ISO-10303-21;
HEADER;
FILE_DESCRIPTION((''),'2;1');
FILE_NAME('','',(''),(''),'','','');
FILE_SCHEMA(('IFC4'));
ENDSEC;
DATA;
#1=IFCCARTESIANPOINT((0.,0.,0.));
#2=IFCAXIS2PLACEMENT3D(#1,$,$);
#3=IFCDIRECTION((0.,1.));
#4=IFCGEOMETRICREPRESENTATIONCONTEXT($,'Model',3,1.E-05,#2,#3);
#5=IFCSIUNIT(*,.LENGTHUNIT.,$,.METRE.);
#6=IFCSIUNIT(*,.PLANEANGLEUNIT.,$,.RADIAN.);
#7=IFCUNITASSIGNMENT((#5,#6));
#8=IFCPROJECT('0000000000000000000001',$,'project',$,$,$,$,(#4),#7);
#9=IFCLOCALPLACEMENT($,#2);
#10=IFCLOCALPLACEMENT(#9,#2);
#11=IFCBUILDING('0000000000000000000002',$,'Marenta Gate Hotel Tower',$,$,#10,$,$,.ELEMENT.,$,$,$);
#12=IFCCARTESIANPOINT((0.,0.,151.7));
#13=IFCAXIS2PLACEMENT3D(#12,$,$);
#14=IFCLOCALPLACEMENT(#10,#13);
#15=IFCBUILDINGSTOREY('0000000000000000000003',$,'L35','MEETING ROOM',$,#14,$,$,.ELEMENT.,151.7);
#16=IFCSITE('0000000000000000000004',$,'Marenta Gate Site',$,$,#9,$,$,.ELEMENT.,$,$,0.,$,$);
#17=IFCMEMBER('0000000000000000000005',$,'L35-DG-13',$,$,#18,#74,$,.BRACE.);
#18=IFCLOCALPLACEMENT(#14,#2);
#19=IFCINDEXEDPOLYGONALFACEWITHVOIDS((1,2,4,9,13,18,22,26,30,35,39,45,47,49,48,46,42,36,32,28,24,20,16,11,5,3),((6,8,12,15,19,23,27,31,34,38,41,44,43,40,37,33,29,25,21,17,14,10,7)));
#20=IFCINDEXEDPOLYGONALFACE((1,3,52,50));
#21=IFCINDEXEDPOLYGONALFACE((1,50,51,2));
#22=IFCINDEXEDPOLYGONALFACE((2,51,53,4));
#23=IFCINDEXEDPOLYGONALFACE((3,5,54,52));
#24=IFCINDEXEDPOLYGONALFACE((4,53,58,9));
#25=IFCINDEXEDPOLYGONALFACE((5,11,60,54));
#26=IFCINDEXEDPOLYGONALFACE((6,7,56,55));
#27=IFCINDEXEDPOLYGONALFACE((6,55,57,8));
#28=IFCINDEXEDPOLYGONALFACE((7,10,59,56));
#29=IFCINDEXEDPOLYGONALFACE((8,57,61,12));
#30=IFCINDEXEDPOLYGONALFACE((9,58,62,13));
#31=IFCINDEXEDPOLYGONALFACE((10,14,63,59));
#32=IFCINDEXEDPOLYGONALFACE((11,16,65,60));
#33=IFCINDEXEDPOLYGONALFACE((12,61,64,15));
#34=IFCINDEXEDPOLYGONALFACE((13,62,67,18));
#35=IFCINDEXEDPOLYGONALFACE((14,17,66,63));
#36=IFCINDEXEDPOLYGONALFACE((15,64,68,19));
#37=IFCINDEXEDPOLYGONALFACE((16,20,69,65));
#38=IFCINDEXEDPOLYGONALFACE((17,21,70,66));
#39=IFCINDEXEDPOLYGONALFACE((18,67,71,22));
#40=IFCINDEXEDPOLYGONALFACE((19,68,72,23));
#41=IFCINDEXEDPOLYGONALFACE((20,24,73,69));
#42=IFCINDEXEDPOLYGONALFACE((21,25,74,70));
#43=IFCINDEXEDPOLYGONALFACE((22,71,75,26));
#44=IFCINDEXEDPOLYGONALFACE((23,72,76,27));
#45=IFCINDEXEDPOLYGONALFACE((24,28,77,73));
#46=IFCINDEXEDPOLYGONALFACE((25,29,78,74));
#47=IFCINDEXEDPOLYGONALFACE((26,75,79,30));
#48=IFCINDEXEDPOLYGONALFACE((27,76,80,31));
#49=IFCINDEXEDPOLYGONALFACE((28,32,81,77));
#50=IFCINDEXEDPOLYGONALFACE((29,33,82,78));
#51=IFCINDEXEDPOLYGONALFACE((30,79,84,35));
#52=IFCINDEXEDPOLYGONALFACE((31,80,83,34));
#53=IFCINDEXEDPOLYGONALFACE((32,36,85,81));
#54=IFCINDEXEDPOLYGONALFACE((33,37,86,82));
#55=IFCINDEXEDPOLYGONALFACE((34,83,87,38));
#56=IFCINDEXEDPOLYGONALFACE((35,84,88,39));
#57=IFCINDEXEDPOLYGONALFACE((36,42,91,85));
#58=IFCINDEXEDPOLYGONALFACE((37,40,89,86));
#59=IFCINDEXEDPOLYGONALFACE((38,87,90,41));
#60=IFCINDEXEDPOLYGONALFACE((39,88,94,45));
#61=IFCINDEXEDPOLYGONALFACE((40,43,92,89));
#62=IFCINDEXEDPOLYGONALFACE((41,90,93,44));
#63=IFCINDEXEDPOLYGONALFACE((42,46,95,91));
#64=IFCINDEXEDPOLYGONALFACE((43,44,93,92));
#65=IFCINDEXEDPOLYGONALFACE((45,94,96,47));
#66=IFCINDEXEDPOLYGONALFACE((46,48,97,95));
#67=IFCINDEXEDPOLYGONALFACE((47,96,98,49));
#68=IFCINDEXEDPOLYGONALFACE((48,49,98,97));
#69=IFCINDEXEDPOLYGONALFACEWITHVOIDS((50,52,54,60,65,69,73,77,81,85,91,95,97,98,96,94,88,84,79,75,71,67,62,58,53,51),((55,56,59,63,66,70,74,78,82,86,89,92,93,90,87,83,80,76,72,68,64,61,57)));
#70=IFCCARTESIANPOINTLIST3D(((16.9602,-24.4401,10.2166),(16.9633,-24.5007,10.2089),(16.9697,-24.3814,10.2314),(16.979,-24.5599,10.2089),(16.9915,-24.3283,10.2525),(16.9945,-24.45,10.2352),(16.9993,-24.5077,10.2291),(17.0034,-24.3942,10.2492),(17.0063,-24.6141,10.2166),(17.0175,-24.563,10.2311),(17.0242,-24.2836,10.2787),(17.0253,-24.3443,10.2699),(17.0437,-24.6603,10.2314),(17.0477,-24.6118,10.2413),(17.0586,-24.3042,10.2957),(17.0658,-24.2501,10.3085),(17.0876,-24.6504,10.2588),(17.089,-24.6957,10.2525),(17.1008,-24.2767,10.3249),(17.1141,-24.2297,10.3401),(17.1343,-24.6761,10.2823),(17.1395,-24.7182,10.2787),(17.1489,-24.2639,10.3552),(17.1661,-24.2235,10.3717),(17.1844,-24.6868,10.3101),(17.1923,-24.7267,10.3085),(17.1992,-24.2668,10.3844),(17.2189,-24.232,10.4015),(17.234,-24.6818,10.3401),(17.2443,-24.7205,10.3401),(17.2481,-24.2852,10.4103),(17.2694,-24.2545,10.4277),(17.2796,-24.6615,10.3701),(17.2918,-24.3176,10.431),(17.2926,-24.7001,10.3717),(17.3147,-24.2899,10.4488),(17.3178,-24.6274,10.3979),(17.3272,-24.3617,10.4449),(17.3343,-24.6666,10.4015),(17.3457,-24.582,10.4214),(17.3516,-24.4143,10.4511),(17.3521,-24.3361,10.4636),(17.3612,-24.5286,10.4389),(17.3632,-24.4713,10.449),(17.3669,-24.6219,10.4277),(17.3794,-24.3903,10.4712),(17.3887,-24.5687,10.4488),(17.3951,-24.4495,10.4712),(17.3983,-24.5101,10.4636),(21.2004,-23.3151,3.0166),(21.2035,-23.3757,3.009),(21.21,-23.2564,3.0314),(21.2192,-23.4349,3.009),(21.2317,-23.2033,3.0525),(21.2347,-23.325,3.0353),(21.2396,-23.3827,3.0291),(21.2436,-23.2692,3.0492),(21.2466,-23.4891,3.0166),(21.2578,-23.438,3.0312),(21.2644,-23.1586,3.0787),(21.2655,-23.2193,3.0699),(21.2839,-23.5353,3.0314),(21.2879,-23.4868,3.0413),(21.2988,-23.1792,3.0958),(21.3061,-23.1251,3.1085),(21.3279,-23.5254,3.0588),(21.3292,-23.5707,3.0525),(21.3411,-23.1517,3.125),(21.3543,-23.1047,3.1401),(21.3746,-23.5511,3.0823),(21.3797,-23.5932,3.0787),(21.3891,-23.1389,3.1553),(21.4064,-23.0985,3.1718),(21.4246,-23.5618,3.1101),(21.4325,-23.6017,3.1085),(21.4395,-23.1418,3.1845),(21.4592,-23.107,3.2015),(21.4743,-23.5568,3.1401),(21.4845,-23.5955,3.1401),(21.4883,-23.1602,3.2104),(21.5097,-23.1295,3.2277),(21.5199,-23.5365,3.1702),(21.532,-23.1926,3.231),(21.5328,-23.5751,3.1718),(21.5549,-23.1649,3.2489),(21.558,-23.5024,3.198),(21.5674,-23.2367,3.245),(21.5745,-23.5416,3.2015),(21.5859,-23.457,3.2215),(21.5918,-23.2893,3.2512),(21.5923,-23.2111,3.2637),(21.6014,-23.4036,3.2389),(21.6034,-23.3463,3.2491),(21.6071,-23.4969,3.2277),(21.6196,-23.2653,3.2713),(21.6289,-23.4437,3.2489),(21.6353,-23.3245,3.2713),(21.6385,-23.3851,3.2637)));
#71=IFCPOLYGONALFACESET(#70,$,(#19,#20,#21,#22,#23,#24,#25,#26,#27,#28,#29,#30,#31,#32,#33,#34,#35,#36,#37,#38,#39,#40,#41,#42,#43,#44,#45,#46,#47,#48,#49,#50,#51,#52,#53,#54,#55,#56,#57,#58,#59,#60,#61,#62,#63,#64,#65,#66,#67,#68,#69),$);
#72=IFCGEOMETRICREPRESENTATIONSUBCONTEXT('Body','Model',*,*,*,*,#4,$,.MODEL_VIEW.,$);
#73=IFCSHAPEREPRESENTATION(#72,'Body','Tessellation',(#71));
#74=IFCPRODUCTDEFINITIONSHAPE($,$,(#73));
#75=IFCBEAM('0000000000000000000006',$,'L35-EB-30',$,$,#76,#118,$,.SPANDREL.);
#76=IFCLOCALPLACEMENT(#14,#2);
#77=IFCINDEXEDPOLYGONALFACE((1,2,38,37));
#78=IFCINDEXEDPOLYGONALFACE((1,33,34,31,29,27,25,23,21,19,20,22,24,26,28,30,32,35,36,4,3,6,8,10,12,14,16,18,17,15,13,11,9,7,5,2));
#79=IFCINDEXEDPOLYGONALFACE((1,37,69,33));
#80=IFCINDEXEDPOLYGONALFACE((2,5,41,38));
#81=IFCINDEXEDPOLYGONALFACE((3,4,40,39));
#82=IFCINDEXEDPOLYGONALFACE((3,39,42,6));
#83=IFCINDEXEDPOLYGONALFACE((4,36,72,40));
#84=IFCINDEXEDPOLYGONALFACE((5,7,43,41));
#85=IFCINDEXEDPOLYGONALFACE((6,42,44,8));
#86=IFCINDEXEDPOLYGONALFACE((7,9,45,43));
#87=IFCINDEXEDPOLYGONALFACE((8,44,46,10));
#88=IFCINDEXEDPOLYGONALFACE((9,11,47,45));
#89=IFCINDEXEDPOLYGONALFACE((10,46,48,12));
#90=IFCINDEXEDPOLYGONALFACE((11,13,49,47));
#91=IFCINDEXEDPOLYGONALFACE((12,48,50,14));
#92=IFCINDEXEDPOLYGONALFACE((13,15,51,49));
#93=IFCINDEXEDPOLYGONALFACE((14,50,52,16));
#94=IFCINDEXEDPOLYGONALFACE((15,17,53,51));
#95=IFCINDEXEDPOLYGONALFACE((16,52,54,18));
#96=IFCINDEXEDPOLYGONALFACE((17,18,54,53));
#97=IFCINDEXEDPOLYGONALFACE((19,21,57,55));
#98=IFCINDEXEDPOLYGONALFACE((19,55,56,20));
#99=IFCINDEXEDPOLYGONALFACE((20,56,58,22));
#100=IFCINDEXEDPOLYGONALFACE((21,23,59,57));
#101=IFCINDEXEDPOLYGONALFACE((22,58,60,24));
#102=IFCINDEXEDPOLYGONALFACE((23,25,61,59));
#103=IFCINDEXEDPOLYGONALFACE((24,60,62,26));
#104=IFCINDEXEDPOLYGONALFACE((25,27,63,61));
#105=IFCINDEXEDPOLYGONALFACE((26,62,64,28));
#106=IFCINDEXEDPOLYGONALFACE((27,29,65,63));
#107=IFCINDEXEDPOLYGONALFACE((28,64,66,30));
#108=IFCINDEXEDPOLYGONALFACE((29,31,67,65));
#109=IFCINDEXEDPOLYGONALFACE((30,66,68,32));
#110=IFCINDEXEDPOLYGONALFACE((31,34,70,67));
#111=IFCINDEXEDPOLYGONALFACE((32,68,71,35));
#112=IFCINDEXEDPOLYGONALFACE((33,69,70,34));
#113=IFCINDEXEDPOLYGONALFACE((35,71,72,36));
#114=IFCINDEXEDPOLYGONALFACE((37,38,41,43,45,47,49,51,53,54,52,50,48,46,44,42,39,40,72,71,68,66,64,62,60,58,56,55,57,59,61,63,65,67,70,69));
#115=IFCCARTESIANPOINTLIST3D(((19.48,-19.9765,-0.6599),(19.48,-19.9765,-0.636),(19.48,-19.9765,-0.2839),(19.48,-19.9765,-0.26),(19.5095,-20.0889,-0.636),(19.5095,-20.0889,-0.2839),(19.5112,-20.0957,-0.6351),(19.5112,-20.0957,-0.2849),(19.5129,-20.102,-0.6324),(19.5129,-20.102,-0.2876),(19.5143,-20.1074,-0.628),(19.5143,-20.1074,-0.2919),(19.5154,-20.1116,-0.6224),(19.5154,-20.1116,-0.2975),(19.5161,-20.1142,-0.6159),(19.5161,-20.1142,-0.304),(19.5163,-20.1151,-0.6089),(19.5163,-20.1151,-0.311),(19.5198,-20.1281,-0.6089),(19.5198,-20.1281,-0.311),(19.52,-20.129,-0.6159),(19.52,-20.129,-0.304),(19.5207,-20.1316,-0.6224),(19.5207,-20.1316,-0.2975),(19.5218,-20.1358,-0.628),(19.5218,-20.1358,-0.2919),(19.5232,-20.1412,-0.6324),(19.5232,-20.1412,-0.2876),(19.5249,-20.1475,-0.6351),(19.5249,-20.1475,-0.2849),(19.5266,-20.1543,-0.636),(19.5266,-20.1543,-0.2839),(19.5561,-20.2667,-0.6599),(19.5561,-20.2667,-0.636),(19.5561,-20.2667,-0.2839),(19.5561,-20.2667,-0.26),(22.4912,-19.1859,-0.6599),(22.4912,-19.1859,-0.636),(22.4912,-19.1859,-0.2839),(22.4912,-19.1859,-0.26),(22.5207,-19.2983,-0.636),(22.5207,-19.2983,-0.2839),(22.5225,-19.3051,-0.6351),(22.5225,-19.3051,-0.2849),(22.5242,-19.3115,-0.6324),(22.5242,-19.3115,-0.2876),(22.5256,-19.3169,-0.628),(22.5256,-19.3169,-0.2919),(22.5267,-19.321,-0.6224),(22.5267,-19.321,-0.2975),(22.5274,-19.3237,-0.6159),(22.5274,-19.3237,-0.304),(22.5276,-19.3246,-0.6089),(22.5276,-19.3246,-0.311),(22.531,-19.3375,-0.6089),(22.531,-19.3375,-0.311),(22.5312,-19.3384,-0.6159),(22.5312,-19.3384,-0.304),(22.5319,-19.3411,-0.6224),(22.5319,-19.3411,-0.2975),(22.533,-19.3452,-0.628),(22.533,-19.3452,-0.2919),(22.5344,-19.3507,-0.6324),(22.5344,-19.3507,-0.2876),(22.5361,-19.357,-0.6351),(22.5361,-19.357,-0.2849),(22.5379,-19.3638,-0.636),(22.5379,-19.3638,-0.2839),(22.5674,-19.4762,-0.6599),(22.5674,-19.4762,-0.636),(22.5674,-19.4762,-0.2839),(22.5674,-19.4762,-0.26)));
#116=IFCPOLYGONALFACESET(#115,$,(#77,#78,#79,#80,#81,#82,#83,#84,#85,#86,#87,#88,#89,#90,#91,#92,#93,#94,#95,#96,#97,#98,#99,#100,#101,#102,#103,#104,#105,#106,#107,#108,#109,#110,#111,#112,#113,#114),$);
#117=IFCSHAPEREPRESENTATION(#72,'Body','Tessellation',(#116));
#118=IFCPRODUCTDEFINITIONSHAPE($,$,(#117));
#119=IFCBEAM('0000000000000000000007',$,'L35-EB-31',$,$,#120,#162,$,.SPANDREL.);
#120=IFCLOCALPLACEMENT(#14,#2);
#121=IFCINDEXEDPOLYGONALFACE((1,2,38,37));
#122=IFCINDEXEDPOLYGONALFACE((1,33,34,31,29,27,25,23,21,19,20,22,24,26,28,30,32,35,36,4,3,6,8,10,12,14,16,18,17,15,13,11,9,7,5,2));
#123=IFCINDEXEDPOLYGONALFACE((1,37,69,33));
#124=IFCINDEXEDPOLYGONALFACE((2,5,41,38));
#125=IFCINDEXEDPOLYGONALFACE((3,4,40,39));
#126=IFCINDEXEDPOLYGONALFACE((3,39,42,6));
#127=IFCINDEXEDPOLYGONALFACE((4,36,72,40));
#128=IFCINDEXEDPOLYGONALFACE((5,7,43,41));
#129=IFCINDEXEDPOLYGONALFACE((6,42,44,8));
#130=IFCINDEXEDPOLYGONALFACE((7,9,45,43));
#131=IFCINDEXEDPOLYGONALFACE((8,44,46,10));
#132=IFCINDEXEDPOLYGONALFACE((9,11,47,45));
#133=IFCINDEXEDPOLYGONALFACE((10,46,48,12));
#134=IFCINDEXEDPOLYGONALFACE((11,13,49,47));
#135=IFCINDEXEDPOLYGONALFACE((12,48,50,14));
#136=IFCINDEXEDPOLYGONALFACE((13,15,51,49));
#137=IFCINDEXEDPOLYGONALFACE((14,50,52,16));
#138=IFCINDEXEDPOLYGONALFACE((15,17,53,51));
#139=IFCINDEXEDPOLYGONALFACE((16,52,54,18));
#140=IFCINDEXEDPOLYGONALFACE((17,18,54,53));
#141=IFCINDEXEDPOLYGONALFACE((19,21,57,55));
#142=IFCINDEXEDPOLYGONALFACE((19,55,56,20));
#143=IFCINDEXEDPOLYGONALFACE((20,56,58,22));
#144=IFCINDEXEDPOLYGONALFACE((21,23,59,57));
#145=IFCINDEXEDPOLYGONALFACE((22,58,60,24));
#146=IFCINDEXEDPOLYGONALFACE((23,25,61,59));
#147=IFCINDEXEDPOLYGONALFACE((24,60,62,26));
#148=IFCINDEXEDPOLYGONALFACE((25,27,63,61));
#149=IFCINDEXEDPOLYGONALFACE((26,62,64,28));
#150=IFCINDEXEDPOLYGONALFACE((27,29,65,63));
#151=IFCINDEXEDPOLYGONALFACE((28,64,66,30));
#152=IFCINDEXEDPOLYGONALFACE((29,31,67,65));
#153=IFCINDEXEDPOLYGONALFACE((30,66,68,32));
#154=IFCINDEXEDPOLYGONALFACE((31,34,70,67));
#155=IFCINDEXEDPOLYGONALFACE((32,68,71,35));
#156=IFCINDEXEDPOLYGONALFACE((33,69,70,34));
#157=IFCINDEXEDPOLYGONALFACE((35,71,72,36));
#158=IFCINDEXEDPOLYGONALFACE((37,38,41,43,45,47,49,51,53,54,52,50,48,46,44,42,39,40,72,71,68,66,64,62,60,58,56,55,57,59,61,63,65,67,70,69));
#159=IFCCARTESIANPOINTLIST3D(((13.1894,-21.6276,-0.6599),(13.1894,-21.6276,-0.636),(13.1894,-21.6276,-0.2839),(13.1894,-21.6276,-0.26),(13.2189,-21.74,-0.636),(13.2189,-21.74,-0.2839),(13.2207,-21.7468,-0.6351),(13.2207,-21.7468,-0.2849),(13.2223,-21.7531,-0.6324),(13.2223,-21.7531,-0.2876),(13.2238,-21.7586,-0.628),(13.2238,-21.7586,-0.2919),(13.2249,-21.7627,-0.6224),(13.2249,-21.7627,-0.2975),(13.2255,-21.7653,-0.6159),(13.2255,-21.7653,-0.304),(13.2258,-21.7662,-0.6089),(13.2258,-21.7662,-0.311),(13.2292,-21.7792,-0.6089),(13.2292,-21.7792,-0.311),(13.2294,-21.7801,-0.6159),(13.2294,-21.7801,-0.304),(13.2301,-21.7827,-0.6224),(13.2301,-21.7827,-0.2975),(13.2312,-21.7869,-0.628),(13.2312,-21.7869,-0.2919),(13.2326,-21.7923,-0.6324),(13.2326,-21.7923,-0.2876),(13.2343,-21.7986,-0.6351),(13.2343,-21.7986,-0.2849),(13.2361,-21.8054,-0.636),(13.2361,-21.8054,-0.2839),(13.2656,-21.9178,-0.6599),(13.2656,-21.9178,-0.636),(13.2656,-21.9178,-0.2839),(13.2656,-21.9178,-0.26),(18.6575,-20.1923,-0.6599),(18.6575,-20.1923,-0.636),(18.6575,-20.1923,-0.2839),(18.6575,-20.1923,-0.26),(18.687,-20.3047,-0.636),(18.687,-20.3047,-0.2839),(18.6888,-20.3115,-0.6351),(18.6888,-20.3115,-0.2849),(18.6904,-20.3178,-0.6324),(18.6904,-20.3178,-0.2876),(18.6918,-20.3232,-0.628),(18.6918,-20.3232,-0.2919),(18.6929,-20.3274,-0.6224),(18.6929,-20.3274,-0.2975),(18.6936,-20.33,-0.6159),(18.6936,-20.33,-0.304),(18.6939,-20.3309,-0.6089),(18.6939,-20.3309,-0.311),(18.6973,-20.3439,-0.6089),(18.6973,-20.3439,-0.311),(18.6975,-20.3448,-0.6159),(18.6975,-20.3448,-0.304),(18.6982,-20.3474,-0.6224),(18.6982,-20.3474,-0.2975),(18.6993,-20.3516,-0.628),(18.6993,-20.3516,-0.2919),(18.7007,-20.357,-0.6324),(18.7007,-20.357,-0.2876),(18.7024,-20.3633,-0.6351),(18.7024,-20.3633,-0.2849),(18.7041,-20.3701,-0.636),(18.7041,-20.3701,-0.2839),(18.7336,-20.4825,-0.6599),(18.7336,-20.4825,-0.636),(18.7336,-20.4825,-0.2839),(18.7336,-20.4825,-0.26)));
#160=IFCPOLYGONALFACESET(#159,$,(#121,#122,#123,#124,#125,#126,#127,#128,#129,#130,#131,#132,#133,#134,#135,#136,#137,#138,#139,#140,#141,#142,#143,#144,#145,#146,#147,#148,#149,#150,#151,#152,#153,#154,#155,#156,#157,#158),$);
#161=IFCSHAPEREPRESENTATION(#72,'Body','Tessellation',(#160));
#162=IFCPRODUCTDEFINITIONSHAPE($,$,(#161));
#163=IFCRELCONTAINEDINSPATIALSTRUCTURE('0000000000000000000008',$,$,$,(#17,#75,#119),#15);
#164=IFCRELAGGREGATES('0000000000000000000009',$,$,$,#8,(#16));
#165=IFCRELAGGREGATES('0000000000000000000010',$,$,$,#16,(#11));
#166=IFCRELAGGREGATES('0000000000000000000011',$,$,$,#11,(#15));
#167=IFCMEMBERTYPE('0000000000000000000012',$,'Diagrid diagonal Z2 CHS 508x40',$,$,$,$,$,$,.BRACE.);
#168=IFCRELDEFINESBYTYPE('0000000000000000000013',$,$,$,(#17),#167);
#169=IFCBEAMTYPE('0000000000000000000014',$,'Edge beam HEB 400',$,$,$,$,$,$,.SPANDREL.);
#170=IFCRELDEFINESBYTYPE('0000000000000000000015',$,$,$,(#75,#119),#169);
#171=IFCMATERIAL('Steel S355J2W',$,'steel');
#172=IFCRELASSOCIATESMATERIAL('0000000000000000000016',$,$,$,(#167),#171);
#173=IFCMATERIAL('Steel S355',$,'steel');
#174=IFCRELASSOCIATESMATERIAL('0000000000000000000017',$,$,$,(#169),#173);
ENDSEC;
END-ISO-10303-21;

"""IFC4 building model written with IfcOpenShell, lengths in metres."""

from ifc_helpers import new_model, si_unit, direction, frame, origin, origin_2d, place, context, subcontext, project, spatial, hollow_circle, i_section, extrude, material, material_profile, profile_set, type_object, element, save


model = new_model("IFC4")

# Units and contexts
model_context = context("Model", 3, precision=1e-05, world=origin(), true_north=direction((0.0, 1.0)))
body_context = subcontext(model_context, "Body", "Model", "MODEL_VIEW")
ifc_project = project(units=[si_unit("LENGTHUNIT", "METRE"), si_unit("PLANEANGLEUNIT", "RADIAN")], contexts=[model_context])

# Site, building, storey
site_placement = place(None, origin())
site = spatial("IfcSite", under=ifc_project, at=site_placement, Name="Marenta Gate Site", CompositionType="ELEMENT", RefElevation=0.0)
building_placement = place(site_placement, origin())
building = spatial("IfcBuilding", under=site, at=building_placement, Name="Marenta Gate Hotel Tower", CompositionType="ELEMENT")
storey_placement = place(building_placement, frame((0.0, 0.0, 151.7)))
storey = spatial("IfcBuildingStorey", under=building, at=storey_placement, Name="L35", Description="MEETING ROOM", CompositionType="ELEMENT", Elevation=151.7)

# Member
ifc_material_1 = material(Name="Steel S355J2W", Category="steel")
ifc_material_profile_1 = material_profile(ifc_material_1, hollow_circle(Radius=0.2539, WallThickness=0.04, at=origin_2d()), Name="CHS 508x40")
ifc_profile_set_1 = profile_set([ifc_material_profile_1], Name="Steel S355J2W")
member_type_1 = type_object("IfcMemberType", Name="Diagrid diagonal Z2 CHS 508x40", PredefinedType="BRACE", material=ifc_profile_set_1)
member_1_placement = place(storey_placement, frame((21.4194, -23.3501, 3.1401), z_axis=(-0.502924, -0.133434, 0.853969), x_axis=(0.256443, -0.966559, 0.0)))
element("IfcMember", 1, at=member_1_placement, inside=storey, type_object=member_type_1, Name="L35-DG-13", PredefinedType="BRACE", context=body_context, shape_type="SweptSolid", body=[
    extrude(hollow_circle(Radius=0.2539, WallThickness=0.04, at=origin_2d()), origin(), (0.0, 0.0, 1.0), 8.4312),
])

# Beams
ifc_material_2 = material(Name="Steel S355", Category="steel")
ifc_material_profile_2 = material_profile(ifc_material_2, i_section(OverallWidth=0.3, OverallDepth=0.3999, WebThickness=0.0134, FlangeThickness=0.0239, FilletRadius=0.0271, at=origin_2d()), Name="HEB 400")
ifc_profile_set_2 = profile_set([ifc_material_profile_2], Name="Steel S355")
beam_type = type_object("IfcBeamType", Name="Edge beam HEB 400", PredefinedType="SPANDREL", material=ifc_profile_set_2)
beam_1_placement = place(storey_placement, frame((22.5293, -19.3311, -0.46), z_axis=(-0.967225, -0.253922, 0.0), x_axis=(0.253922, -0.967225, 0.0)))
element("IfcBeam", 2, at=beam_1_placement, inside=storey, type_object=beam_type, Name="L35-EB-30", PredefinedType="SPANDREL", context=body_context, shape_type="SweptSolid", body=[
    extrude(i_section(OverallWidth=0.3, OverallDepth=0.3999, WebThickness=0.0134, FlangeThickness=0.0239, FilletRadius=0.0271, at=origin_2d()), origin(), (0.0, 0.0, 1.0), 3.1133),
])
beam_2_placement = place(storey_placement, frame((18.6956, -20.3374, -0.46), z_axis=(-0.967233, -0.25389, 0.0), x_axis=(0.25389, -0.967233, 0.0)))
element("IfcBeam", 3, at=beam_2_placement, inside=storey, type_object=beam_type, Name="L35-EB-31", PredefinedType="SPANDREL", context=body_context, shape_type="SweptSolid", body=[
    extrude(i_section(OverallWidth=0.3, OverallDepth=0.3999, WebThickness=0.0134, FlangeThickness=0.0239, FilletRadius=0.0271, at=origin_2d()), origin(), (0.0, 0.0, 1.0), 5.6533),
])

save(model, "model.ifc")
